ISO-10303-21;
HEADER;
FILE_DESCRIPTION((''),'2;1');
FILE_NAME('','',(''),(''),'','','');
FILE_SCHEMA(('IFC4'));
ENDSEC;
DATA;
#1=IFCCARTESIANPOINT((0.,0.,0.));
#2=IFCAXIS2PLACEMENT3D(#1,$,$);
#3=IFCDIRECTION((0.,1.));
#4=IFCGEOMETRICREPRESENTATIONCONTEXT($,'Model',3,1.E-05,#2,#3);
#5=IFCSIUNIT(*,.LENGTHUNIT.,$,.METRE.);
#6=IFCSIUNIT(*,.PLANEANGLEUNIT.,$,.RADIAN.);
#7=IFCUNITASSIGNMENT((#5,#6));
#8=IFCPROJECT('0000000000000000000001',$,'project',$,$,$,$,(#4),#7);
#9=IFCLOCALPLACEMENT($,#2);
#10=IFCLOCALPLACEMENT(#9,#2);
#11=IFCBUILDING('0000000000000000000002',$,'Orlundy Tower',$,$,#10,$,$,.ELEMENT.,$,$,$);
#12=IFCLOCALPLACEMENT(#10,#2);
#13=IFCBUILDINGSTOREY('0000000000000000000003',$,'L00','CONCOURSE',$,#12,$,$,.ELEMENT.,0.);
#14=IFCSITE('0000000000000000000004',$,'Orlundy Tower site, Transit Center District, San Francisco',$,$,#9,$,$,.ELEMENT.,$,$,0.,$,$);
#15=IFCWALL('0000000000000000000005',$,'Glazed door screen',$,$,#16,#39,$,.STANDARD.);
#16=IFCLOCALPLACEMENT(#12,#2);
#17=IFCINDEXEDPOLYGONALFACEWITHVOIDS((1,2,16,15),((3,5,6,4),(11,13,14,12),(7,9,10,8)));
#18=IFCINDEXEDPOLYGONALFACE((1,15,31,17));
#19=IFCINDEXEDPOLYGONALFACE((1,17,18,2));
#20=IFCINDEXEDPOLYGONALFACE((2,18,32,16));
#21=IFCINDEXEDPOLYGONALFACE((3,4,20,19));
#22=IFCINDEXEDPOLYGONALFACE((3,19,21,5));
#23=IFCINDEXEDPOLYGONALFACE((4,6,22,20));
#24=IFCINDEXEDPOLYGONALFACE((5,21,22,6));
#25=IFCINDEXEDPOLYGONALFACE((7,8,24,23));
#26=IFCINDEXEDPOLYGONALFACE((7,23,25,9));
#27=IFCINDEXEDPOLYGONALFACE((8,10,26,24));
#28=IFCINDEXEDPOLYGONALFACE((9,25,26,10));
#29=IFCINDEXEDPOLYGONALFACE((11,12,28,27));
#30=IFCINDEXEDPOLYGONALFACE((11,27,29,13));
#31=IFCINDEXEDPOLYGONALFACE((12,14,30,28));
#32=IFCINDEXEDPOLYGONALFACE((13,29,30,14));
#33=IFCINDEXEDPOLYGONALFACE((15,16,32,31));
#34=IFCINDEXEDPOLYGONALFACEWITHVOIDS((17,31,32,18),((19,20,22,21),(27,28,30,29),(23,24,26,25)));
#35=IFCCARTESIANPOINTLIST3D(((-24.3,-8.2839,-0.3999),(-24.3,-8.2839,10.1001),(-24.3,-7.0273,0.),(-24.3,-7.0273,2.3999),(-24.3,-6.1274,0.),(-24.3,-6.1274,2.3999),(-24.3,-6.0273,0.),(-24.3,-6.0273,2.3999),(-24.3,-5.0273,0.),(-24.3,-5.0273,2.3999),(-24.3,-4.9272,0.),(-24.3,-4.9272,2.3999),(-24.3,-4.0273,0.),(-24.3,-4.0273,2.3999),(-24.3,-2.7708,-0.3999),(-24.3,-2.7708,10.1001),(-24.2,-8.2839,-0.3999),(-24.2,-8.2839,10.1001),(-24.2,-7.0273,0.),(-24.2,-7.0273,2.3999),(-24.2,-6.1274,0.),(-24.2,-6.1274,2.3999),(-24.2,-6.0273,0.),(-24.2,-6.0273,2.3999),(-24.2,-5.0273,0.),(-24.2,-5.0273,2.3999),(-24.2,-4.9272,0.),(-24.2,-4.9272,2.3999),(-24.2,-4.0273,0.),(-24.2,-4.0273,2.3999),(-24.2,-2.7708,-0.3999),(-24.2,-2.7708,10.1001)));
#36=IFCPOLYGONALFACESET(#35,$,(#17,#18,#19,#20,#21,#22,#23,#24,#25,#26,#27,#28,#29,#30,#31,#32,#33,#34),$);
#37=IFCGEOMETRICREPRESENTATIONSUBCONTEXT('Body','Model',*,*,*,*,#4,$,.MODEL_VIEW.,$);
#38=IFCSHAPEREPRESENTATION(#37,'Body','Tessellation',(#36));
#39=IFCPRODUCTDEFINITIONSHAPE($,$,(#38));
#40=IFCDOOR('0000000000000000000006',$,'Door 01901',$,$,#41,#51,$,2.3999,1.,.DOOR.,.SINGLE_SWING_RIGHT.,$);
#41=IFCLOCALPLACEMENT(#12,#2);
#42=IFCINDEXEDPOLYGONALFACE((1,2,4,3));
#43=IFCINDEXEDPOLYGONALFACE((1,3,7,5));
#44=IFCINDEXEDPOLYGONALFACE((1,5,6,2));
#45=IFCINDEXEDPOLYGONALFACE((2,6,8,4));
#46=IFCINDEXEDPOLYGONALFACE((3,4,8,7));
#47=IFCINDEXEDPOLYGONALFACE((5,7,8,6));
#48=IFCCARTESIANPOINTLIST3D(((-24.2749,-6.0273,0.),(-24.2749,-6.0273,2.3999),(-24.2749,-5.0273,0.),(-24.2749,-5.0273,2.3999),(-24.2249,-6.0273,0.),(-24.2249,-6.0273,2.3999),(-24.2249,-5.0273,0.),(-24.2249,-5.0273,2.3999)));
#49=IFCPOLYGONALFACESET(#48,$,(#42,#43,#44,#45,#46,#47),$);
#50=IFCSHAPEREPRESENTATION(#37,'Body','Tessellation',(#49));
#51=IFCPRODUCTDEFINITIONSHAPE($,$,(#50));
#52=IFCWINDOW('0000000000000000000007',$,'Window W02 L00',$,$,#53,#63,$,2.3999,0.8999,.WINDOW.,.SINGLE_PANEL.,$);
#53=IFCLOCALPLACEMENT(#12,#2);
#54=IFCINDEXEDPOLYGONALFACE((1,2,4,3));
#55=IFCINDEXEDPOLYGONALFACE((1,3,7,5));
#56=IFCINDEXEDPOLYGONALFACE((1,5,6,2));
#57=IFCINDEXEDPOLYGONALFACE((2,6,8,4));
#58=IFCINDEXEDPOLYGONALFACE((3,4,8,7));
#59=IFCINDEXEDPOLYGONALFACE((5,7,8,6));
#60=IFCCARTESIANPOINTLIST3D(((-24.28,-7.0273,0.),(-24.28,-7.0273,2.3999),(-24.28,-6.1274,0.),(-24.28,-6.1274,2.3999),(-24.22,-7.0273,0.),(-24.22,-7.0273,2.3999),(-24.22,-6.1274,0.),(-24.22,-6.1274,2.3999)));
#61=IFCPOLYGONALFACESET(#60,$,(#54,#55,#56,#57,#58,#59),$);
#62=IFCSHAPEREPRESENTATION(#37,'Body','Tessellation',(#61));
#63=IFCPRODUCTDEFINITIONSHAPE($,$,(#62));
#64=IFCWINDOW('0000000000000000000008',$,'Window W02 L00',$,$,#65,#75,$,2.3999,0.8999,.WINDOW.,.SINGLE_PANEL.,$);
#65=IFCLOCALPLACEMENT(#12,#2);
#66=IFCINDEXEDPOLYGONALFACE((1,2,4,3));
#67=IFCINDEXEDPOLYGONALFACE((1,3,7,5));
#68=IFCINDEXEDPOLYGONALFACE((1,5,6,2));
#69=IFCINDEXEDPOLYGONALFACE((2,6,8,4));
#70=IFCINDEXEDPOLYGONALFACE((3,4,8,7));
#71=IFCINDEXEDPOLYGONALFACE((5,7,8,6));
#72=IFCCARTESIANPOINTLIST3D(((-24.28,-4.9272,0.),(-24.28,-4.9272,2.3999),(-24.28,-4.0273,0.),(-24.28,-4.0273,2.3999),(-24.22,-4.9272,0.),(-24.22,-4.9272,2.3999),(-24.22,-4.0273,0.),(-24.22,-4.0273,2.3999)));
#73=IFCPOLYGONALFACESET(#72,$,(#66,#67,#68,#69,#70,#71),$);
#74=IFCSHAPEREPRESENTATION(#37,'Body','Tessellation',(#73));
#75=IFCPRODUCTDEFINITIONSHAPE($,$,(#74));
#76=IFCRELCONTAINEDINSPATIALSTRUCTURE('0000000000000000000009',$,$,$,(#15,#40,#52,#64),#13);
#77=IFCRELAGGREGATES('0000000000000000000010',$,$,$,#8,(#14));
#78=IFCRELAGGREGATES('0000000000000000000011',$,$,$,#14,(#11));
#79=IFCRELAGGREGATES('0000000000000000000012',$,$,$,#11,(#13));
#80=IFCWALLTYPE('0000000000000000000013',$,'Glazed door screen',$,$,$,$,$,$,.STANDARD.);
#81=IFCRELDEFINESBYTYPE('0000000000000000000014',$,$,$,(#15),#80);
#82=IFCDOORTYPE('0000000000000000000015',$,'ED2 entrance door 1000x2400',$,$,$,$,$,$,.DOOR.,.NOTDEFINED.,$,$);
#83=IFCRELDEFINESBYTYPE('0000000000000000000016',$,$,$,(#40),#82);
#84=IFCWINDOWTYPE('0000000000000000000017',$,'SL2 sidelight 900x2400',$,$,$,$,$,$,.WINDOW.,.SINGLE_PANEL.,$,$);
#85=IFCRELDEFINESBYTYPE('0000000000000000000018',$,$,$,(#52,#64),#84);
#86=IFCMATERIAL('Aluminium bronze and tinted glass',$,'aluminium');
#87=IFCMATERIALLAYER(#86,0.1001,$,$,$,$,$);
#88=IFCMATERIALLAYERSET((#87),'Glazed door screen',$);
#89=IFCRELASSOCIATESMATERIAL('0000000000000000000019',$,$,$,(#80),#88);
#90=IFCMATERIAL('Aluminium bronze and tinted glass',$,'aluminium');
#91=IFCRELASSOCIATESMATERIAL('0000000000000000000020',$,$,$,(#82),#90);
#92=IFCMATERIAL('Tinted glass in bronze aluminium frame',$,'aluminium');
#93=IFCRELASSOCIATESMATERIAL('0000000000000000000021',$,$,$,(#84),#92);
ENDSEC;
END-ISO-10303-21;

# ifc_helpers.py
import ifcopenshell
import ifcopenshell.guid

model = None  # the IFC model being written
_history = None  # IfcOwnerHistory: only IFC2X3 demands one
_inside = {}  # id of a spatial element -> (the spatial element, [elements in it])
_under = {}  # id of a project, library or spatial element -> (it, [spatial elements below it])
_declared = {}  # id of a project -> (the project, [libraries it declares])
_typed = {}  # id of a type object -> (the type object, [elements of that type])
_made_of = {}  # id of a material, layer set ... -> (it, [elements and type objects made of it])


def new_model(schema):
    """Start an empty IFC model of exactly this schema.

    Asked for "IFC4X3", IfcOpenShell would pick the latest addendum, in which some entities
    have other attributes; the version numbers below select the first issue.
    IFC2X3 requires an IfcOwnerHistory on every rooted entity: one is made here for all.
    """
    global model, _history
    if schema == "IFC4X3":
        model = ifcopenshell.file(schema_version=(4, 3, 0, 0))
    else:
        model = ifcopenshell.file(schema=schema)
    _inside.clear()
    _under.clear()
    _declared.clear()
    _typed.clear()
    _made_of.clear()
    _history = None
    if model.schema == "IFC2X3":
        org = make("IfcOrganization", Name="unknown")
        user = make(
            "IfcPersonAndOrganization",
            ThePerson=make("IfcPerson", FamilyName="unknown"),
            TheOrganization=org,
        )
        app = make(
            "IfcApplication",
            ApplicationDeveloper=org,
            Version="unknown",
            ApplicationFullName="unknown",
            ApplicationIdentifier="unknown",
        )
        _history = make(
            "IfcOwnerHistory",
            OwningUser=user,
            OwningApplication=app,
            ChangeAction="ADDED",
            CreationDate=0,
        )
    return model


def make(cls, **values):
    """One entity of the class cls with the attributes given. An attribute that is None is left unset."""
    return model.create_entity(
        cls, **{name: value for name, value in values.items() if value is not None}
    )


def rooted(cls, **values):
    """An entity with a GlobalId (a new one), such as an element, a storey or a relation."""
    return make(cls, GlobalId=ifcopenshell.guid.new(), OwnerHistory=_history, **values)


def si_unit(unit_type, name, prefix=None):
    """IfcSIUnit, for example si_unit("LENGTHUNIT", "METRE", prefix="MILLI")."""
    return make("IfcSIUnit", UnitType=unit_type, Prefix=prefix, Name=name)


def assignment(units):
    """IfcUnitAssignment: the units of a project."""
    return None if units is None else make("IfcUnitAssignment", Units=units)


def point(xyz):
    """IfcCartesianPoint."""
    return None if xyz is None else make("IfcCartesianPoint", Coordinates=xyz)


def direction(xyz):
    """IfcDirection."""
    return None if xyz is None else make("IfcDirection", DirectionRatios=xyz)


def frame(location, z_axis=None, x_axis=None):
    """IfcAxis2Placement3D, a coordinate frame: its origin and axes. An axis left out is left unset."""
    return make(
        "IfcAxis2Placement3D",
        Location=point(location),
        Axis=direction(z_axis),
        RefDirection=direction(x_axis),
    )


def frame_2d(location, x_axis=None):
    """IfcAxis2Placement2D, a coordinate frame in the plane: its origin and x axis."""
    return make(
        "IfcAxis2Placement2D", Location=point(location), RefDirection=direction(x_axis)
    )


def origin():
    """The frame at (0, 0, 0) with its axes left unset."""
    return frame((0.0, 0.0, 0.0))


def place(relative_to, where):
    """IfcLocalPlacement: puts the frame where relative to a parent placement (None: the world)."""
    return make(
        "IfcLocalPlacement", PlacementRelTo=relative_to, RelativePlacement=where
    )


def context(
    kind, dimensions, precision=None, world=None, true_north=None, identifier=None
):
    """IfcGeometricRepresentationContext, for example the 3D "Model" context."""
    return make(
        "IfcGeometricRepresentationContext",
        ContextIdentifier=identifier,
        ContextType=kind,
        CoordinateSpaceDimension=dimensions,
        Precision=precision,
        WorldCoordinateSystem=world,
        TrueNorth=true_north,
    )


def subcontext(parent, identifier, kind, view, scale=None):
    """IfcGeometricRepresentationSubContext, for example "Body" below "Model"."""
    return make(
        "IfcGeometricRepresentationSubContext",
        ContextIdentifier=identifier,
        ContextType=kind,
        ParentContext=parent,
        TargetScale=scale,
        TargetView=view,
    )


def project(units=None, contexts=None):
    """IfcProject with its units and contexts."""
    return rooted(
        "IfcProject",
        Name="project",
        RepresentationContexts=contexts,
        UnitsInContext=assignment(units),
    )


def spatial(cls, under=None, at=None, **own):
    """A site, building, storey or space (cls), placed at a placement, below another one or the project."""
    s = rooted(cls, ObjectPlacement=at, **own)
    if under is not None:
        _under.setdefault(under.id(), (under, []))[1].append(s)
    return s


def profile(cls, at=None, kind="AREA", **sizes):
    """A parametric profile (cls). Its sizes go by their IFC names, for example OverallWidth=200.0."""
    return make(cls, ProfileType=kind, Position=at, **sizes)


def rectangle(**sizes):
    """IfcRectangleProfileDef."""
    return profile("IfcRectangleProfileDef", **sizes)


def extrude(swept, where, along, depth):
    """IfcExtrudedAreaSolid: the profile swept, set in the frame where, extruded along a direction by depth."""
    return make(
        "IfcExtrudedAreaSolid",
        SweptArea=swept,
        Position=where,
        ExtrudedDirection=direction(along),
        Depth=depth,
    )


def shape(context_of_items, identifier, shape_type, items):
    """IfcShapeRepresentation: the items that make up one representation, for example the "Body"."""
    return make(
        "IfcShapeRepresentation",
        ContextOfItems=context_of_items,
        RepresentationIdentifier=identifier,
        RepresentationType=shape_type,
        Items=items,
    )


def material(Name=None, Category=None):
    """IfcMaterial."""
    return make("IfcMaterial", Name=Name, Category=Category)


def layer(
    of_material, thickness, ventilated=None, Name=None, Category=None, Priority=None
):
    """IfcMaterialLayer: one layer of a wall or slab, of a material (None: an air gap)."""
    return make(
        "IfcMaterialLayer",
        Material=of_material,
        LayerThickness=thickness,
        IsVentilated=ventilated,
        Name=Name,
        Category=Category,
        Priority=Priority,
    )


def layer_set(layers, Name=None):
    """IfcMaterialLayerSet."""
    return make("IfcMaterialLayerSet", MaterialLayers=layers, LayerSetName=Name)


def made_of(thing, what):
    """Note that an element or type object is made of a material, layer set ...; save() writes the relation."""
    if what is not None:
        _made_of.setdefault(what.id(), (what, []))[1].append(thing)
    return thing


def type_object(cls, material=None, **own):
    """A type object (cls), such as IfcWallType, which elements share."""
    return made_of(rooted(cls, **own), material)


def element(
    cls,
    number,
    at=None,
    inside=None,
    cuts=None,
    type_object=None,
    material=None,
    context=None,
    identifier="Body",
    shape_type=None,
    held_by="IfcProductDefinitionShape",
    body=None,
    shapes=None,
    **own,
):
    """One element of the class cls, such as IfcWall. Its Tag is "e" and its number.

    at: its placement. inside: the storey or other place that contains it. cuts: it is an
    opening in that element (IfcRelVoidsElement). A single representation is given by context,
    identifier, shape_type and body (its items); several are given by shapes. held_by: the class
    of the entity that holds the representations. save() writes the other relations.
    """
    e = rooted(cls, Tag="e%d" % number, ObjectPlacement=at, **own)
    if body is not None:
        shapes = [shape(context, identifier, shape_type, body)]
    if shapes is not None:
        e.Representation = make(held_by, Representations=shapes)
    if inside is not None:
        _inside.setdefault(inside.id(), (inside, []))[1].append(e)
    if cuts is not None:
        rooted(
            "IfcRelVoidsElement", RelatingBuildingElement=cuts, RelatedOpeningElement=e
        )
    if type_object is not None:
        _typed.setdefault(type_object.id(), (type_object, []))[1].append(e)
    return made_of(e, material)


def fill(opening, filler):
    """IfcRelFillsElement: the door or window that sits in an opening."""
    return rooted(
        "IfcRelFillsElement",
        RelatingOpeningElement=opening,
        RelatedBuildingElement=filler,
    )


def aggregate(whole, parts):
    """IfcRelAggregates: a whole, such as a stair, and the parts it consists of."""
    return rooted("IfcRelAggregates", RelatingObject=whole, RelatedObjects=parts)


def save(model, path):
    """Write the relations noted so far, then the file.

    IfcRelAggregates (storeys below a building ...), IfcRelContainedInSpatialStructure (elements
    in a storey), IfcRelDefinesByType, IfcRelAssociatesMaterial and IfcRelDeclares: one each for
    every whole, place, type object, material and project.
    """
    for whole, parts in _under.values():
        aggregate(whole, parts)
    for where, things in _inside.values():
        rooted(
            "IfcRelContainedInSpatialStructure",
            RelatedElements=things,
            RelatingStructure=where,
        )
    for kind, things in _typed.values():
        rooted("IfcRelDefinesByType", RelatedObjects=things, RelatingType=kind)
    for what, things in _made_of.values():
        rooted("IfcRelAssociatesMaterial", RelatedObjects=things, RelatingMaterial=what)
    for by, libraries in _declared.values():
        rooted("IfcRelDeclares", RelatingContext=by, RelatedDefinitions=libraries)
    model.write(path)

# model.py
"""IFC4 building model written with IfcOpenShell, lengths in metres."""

from ifc_helpers import new_model, si_unit, direction, frame, frame_2d, origin, place, context, subcontext, project, spatial, rectangle, extrude, material, layer, layer_set, type_object, element, fill, save


model = new_model("IFC4")

# Units and contexts
model_context = context("Model", 3, precision=1e-05, world=origin(), true_north=direction((0.0, 1.0)))
body_context = subcontext(model_context, "Body", "Model", "MODEL_VIEW")
ifc_project = project(units=[si_unit("LENGTHUNIT", "METRE"), si_unit("PLANEANGLEUNIT", "RADIAN")], contexts=[model_context])

# Site, building, storey
site_placement = place(None, origin())
site = spatial("IfcSite", under=ifc_project, at=site_placement, Name="Orlundy Tower site, Transit Center District, San Francisco", CompositionType="ELEMENT", RefElevation=0.0)
building_placement = place(site_placement, origin())
building = spatial("IfcBuilding", under=site, at=building_placement, Name="Orlundy Tower", CompositionType="ELEMENT")
storey_placement = place(building_placement, origin())
storey = spatial("IfcBuildingStorey", under=building, at=storey_placement, Name="L00", Description="CONCOURSE", CompositionType="ELEMENT", Elevation=0.0)

# Wall, openings, door, windows
ifc_material_1 = material(Name="Aluminium bronze and tinted glass", Category="aluminium")
ifc_layer_1 = layer(ifc_material_1, 0.1001)
ifc_layer_set_1 = layer_set([ifc_layer_1], Name="Glazed door screen")
wall_type = type_object("IfcWallType", Name="Glazed door screen", PredefinedType="STANDARD", material=ifc_layer_set_1)
wall_placement = place(storey_placement, frame((-24.25, -8.2839, -0.3999), z_axis=(0.0, 0.0, 1.0), x_axis=(0.0, 1.0, 0.0)))
wall = element("IfcWall", 1, at=wall_placement, inside=storey, type_object=wall_type, Name="Glazed door screen", PredefinedType="STANDARD", context=body_context, shape_type="SweptSolid", body=[
    extrude(rectangle(XDim=5.5132, YDim=0.1001, at=frame_2d((2.7566, 0.0))), origin(), (0.0, 0.0, 1.0), 10.5),
])
opening_1_placement = place(wall_placement, frame((2.2566, 0.0, 0.3999)))
opening_1 = element("IfcOpeningElement", 2, at=opening_1_placement, cuts=wall, PredefinedType="OPENING", context=body_context, shape_type="SweptSolid", body=[
    extrude(rectangle(XDim=1.0, YDim=2.3999, at=frame_2d((0.5, 1.2))), frame((0.0, 0.0601, 0.0), z_axis=(0.0, -1.0, 0.0), x_axis=(1.0, 0.0, 0.0)), (0.0, 0.0, 1.0), 0.1201),
])
opening_2_placement = place(wall_placement, frame((1.2566, 0.0, 0.3999)))
opening_2 = element("IfcOpeningElement", 3, at=opening_2_placement, cuts=wall, PredefinedType="OPENING", context=body_context, shape_type="SweptSolid", body=[
    extrude(rectangle(XDim=0.8999, YDim=2.3999, at=frame_2d((0.45, 1.2))), frame((0.0, 0.0601, 0.0), z_axis=(0.0, -1.0, 0.0), x_axis=(1.0, 0.0, 0.0)), (0.0, 0.0, 1.0), 0.1201),
])
opening_3_placement = place(wall_placement, frame((3.3567, 0.0, 0.3999)))
opening_3 = element("IfcOpeningElement", 4, at=opening_3_placement, cuts=wall, PredefinedType="OPENING", context=body_context, shape_type="SweptSolid", body=[
    extrude(rectangle(XDim=0.8999, YDim=2.3999, at=frame_2d((0.45, 1.2))), frame((0.0, 0.0601, 0.0), z_axis=(0.0, -1.0, 0.0), x_axis=(1.0, 0.0, 0.0)), (0.0, 0.0, 1.0), 0.1201),
])
ifc_material_2 = material(Name="Aluminium bronze and tinted glass", Category="aluminium")
door_type = type_object("IfcDoorType", Name="ED2 entrance door 1000x2400", OperationType="NOTDEFINED", PredefinedType="DOOR", material=ifc_material_2)
door_placement = place(opening_1_placement, origin())
door = element("IfcDoor", 5, at=door_placement, inside=storey, type_object=door_type, Name="Door 01901", OperationType="SINGLE_SWING_RIGHT", OverallHeight=2.3999, OverallWidth=1.0, PredefinedType="DOOR", context=body_context, shape_type="SweptSolid", body=[
    extrude(rectangle(XDim=1.0, YDim=2.3999, at=frame_2d((0.5, 1.2))), frame((0.0, 0.0249, 0.0), z_axis=(0.0, -1.0, 0.0), x_axis=(1.0, 0.0, 0.0)), (0.0, 0.0, 1.0), 0.05),
])
fill(opening_1, door)
ifc_material_3 = material(Name="Tinted glass in bronze aluminium frame", Category="aluminium")
window_type = type_object("IfcWindowType", Name="SL2 sidelight 900x2400", PartitioningType="SINGLE_PANEL", PredefinedType="WINDOW", material=ifc_material_3)
window_1_placement = place(opening_2_placement, origin())
window_1 = element("IfcWindow", 6, at=window_1_placement, inside=storey, type_object=window_type, Name="Window W02 L00", OverallHeight=2.3999, OverallWidth=0.8999, PartitioningType="SINGLE_PANEL", PredefinedType="WINDOW", context=body_context, shape_type="SweptSolid", body=[
    extrude(rectangle(XDim=0.8999, YDim=2.3999, at=frame_2d((0.45, 1.2))), frame((0.0, 0.03, 0.0), z_axis=(0.0, -1.0, 0.0), x_axis=(1.0, 0.0, 0.0)), (0.0, 0.0, 1.0), 0.0601),
])
fill(opening_2, window_1)
window_2_placement = place(opening_3_placement, origin())
window_2 = element("IfcWindow", 7, at=window_2_placement, inside=storey, type_object=window_type, Name="Window W02 L00", OverallHeight=2.3999, OverallWidth=0.8999, PartitioningType="SINGLE_PANEL", PredefinedType="WINDOW", context=body_context, shape_type="SweptSolid", body=[
    extrude(rectangle(XDim=0.8999, YDim=2.3999, at=frame_2d((0.45, 1.2))), frame((0.0, 0.03, 0.0), z_axis=(0.0, -1.0, 0.0), x_axis=(1.0, 0.0, 0.0)), (0.0, 0.0, 1.0), 0.0601),
])
fill(opening_3, window_2)

save(model, "model.ifc")
